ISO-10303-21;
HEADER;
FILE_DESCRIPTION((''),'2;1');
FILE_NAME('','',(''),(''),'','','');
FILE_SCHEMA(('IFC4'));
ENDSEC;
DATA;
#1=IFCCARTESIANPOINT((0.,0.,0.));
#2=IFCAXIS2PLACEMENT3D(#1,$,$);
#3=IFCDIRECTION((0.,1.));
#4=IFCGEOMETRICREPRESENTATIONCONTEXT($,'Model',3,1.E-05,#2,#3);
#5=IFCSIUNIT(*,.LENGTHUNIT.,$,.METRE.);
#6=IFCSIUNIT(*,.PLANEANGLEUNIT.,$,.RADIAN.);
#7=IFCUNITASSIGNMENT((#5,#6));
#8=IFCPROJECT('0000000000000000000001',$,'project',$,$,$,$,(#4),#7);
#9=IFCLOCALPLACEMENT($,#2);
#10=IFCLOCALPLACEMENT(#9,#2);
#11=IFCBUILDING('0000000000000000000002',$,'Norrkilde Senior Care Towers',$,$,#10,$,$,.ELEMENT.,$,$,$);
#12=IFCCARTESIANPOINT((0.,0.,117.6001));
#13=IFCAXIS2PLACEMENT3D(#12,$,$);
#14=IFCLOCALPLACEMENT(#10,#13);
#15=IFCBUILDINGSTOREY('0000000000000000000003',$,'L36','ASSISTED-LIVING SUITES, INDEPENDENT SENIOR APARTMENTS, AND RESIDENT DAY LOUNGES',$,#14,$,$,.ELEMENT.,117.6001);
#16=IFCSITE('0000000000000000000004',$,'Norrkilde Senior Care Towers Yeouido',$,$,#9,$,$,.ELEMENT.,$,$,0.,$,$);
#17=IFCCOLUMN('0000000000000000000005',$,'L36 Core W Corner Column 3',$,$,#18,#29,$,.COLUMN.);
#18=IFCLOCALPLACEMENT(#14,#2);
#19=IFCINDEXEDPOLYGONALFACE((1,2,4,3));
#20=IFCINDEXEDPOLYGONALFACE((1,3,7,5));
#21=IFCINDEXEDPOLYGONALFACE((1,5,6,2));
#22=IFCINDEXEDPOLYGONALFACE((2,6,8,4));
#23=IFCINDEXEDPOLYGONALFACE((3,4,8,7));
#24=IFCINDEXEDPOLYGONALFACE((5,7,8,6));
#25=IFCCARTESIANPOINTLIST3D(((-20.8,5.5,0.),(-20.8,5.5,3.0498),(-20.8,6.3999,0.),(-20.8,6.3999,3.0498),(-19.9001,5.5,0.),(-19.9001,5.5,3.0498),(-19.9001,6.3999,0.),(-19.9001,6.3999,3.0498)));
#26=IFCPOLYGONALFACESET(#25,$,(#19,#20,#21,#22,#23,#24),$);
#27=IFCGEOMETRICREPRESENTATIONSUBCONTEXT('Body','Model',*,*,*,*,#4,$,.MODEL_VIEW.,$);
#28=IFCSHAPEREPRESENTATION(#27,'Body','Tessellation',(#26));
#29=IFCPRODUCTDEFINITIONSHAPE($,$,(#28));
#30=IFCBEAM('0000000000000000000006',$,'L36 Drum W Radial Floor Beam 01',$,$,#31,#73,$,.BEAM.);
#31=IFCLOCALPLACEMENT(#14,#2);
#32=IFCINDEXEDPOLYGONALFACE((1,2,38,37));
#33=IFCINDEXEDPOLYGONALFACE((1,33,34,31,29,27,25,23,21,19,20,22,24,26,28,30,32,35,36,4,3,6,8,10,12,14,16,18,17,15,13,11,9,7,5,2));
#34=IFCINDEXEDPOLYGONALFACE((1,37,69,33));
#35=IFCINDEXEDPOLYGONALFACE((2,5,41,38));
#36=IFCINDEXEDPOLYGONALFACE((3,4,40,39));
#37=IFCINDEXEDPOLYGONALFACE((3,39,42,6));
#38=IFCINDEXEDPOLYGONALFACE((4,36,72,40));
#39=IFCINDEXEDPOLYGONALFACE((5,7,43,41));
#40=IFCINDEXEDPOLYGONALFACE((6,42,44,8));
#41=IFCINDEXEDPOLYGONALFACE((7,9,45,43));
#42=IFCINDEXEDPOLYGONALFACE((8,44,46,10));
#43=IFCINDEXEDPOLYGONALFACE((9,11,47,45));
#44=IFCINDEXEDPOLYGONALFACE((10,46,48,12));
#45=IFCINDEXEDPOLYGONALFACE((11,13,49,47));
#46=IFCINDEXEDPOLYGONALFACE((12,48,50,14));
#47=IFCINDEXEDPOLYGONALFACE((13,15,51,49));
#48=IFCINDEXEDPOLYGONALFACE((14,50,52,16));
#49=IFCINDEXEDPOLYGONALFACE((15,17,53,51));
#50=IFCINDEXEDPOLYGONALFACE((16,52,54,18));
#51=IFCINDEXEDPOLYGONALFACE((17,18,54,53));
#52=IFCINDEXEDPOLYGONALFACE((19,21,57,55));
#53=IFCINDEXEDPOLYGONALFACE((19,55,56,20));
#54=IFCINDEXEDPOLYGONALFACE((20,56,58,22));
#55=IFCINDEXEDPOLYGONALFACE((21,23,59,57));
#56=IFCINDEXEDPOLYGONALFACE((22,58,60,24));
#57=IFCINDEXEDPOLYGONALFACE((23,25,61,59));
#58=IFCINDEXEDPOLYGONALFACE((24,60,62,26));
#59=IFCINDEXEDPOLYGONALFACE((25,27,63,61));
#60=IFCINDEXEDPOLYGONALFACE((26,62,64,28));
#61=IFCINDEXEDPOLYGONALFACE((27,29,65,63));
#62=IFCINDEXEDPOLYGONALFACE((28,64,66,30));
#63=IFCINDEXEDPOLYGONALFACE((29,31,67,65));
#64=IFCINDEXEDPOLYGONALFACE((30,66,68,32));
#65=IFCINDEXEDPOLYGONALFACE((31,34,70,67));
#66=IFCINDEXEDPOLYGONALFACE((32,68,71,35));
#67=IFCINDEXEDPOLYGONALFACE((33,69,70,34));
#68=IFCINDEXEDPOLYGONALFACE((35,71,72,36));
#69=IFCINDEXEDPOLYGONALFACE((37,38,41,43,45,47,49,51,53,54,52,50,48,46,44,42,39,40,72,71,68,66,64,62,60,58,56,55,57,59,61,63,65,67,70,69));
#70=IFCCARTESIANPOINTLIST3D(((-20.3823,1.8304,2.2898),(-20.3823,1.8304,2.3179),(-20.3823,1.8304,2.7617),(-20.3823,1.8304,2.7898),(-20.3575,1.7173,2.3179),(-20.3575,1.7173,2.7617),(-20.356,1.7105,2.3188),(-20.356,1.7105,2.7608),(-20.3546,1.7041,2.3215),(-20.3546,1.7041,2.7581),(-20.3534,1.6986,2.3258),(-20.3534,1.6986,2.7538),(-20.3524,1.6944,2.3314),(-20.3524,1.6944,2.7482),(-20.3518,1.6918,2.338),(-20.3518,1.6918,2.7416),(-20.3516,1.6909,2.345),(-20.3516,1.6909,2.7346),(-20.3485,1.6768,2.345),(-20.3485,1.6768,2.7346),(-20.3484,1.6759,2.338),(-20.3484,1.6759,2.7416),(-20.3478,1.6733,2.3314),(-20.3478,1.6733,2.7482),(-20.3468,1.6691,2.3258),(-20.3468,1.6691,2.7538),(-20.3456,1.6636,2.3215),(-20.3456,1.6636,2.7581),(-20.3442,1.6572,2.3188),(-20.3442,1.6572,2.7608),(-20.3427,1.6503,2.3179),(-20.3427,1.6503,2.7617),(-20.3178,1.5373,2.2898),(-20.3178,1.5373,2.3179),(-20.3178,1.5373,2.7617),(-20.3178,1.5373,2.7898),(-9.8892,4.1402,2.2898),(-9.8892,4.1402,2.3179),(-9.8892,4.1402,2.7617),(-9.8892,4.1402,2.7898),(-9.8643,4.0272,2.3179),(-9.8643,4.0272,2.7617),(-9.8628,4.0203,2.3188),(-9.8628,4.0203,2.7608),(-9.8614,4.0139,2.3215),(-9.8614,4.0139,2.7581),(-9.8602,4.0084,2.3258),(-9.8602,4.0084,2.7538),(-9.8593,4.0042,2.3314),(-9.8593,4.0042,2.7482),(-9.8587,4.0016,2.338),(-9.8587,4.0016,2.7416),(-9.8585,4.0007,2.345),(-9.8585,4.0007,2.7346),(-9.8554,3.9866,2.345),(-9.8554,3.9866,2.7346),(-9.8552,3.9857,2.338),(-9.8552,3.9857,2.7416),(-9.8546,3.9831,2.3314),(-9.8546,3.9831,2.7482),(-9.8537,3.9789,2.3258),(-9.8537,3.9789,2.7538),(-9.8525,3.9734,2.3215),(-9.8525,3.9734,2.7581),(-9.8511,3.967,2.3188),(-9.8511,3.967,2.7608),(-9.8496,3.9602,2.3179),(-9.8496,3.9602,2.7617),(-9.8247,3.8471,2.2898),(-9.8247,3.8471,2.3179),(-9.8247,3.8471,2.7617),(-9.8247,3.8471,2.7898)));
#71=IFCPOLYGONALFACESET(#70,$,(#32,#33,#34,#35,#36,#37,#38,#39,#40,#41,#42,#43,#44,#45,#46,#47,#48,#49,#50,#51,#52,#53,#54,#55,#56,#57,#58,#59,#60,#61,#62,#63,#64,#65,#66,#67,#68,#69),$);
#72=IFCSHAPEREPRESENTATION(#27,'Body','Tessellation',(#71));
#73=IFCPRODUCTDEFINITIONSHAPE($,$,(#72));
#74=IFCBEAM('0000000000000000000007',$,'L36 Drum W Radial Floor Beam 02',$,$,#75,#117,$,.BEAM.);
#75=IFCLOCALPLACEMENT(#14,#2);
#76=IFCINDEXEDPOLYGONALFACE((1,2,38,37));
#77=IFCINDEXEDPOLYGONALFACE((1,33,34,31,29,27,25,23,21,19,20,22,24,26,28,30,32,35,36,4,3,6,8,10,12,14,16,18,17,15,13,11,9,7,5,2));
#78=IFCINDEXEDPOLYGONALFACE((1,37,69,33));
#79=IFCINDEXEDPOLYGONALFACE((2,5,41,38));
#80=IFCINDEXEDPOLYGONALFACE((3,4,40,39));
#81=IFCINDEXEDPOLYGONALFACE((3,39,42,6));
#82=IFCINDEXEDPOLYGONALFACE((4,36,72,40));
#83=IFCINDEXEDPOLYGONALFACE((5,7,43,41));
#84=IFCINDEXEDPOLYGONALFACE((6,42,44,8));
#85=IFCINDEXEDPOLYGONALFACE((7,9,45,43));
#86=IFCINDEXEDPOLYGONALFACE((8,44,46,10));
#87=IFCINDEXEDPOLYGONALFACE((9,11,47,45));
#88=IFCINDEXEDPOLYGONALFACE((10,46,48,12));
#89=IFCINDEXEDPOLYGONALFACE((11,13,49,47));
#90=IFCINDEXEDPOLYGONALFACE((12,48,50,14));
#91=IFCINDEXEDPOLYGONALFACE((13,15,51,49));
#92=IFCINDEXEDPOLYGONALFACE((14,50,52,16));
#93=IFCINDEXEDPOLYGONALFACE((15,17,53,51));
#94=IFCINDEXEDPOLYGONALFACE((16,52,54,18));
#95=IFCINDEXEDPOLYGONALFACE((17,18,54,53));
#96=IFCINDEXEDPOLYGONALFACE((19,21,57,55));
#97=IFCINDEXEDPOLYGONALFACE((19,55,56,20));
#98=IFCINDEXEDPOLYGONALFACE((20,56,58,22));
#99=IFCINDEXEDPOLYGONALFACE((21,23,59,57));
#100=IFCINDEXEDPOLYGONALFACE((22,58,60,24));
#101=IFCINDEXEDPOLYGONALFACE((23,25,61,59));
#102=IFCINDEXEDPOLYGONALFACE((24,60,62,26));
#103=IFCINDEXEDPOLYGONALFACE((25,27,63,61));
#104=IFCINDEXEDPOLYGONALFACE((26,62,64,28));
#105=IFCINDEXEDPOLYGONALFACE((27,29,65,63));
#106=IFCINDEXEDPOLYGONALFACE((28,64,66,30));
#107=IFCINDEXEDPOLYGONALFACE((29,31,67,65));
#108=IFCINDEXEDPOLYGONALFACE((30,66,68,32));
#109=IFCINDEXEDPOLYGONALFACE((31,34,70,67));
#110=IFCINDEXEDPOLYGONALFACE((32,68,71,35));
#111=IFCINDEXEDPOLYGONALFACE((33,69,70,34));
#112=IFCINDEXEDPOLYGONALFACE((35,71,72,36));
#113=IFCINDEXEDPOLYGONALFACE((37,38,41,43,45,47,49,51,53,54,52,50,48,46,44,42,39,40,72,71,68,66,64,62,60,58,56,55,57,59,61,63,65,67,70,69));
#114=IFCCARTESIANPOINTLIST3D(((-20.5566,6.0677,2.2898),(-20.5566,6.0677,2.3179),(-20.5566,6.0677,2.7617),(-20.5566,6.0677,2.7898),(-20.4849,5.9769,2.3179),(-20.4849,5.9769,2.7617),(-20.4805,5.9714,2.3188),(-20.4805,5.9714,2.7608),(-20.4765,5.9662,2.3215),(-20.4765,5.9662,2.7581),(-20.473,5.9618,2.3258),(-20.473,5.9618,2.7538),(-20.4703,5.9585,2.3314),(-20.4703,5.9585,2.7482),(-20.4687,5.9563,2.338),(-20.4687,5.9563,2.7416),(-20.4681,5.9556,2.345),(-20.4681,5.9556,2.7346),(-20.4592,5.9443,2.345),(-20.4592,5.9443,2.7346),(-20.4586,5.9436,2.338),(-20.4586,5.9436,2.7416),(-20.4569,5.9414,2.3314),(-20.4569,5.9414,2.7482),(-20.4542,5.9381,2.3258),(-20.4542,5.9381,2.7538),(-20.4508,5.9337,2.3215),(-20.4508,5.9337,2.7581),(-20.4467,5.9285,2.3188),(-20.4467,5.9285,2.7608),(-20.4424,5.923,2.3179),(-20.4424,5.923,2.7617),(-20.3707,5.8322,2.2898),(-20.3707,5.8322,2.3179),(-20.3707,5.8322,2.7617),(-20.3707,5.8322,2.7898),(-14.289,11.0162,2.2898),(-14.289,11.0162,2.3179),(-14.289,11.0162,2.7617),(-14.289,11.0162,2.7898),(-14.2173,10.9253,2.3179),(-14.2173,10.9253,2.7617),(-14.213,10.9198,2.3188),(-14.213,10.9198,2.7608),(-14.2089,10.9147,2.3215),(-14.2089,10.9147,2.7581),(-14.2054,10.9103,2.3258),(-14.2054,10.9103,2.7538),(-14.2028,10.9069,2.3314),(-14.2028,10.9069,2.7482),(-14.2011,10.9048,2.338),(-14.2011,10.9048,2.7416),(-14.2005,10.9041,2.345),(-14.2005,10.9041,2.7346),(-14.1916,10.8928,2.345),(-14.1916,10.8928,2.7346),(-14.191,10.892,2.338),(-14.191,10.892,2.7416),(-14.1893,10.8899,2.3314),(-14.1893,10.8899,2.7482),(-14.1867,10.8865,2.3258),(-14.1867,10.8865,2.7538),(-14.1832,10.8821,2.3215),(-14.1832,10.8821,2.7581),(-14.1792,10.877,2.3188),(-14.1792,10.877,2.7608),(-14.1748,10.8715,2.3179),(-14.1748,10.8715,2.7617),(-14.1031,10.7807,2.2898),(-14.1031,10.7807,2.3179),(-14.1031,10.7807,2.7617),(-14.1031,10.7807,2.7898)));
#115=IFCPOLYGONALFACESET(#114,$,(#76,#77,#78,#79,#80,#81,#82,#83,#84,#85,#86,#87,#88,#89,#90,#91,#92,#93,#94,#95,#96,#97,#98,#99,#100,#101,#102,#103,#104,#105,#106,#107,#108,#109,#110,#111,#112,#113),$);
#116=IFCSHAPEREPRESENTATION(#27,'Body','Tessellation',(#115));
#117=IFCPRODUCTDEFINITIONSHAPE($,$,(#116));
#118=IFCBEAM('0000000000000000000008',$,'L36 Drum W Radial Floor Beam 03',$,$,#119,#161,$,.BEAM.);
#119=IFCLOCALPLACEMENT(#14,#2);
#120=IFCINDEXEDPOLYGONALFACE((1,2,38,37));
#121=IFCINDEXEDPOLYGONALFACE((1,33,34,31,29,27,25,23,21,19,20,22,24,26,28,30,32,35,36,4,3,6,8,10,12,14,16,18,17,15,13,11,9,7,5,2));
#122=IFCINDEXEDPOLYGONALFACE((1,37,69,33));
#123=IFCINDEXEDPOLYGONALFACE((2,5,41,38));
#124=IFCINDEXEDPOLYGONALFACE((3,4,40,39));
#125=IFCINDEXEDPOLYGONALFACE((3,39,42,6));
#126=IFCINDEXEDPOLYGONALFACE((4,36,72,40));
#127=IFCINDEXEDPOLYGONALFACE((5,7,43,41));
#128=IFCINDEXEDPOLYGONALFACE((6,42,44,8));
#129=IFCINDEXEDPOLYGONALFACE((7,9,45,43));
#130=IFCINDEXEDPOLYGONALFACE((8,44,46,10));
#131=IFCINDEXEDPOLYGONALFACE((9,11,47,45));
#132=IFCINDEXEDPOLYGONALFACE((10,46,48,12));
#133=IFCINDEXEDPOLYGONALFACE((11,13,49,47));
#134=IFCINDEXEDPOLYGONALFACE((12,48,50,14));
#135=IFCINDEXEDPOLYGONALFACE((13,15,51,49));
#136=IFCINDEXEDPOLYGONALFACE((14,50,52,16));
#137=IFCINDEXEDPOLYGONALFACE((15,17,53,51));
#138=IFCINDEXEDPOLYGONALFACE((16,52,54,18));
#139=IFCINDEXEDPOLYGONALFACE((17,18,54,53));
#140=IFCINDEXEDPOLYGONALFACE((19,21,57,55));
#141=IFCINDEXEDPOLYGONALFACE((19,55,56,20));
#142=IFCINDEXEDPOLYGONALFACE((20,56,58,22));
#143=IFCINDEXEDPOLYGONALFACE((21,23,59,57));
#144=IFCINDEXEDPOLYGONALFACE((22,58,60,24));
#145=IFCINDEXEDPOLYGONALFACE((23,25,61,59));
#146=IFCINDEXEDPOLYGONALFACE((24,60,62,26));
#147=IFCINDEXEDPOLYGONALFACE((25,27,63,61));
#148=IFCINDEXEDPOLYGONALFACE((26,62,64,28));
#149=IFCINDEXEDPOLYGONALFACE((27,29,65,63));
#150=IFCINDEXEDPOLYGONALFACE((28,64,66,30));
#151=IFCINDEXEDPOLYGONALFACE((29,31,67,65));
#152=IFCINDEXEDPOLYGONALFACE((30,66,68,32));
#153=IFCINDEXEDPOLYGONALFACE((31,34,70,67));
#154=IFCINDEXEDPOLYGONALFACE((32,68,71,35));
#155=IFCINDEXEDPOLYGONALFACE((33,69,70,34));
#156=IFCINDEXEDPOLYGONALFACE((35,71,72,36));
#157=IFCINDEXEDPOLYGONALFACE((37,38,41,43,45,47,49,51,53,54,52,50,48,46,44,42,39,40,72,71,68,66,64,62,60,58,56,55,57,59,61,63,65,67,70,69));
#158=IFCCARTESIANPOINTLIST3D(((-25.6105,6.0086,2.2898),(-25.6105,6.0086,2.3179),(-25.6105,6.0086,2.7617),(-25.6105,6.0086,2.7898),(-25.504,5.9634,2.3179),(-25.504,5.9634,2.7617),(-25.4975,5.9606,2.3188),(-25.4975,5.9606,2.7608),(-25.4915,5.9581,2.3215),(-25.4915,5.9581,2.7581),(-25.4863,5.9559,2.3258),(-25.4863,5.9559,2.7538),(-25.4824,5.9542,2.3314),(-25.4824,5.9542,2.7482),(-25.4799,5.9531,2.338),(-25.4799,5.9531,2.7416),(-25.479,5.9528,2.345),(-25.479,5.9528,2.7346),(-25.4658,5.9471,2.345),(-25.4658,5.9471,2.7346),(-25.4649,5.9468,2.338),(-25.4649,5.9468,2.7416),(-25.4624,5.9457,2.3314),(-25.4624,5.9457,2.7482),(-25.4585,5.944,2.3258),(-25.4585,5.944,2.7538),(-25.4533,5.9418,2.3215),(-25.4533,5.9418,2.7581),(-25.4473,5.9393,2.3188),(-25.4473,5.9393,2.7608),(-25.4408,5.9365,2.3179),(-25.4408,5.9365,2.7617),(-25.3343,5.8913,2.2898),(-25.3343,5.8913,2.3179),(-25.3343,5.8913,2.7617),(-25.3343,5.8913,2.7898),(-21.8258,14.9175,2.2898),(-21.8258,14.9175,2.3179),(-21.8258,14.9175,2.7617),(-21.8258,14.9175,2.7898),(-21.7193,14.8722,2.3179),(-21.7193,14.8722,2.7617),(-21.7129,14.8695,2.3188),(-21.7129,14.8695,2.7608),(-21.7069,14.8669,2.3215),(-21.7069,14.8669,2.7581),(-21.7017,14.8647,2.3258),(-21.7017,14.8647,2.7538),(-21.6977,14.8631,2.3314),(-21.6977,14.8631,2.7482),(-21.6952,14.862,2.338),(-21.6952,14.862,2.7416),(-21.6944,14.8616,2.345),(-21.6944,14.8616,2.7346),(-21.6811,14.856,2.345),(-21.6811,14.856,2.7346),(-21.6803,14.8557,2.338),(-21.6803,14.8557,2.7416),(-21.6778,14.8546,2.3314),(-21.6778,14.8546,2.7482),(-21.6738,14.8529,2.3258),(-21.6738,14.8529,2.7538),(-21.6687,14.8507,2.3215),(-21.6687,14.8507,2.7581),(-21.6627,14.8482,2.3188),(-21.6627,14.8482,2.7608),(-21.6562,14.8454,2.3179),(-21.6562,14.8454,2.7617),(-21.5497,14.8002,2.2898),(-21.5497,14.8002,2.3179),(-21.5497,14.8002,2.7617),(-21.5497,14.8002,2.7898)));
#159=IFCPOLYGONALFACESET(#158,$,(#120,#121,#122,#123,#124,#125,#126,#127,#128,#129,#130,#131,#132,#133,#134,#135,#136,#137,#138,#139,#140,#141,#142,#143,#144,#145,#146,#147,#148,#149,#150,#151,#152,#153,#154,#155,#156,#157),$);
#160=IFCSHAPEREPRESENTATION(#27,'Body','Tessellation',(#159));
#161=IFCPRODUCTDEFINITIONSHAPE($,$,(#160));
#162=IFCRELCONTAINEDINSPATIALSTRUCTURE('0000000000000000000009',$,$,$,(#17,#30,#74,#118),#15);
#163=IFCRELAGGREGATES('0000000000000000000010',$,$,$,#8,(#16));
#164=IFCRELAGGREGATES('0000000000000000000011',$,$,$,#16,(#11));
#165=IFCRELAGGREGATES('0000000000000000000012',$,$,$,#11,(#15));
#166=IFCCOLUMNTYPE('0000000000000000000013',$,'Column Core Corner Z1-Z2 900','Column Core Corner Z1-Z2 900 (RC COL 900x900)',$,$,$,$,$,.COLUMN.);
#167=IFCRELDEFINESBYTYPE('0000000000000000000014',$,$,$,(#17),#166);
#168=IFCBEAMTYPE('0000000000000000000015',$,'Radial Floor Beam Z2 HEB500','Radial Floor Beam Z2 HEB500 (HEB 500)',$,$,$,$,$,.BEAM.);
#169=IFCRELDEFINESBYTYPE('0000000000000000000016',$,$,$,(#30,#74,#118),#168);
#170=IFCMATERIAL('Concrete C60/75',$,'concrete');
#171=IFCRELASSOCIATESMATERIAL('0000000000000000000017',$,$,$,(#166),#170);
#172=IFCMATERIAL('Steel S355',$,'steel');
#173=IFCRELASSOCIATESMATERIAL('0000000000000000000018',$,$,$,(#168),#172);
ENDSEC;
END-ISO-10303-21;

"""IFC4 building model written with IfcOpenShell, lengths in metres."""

from ifc_helpers import new_model, si_unit, direction, frame, origin, origin_2d, place, context, subcontext, project, spatial, rectangle, i_section, extrude, source, transform, mapped, material, material_profile, profile_set, type_object, type_shapes, element, save


model = new_model("IFC4")

# Units and contexts
model_context = context("Model", 3, precision=1e-05, world=origin(), true_north=direction((0.0, 1.0)))
body_context = subcontext(model_context, "Body", "Model", "MODEL_VIEW")
ifc_project = project(units=[si_unit("LENGTHUNIT", "METRE"), si_unit("PLANEANGLEUNIT", "RADIAN")], contexts=[model_context])

# Site, building, storey
site_placement = place(None, origin())
site = spatial("IfcSite", under=ifc_project, at=site_placement, Name="Norrkilde Senior Care Towers Yeouido", CompositionType="ELEMENT", RefElevation=0.0)
building_placement = place(site_placement, origin())
building = spatial("IfcBuilding", under=site, at=building_placement, Name="Norrkilde Senior Care Towers", CompositionType="ELEMENT")
storey_placement = place(building_placement, frame((0.0, 0.0, 117.6001)))
storey = spatial("IfcBuildingStorey", under=building, at=storey_placement, Name="L36", Description="ASSISTED-LIVING SUITES, INDEPENDENT SENIOR APARTMENTS, AND RESIDENT DAY LOUNGES", CompositionType="ELEMENT", Elevation=117.6001)

# Column
ifc_material_1 = material(Name="Concrete C60/75", Category="concrete")
ifc_material_profile_1 = material_profile(ifc_material_1, rectangle(XDim=0.8999, YDim=0.8999, at=origin_2d()), Name="RC COL 900x900")
ifc_profile_set_1 = profile_set([ifc_material_profile_1], Name="Concrete C60/75")
column_type = type_object("IfcColumnType", Name="Column Core Corner Z1-Z2 900", Description="Column Core Corner Z1-Z2 900 (RC COL 900x900)", PredefinedType="COLUMN", material=ifc_profile_set_1)
shared_shape_1 = source(origin(), body_context, "Body", "SweptSolid", [
    extrude(rectangle(XDim=0.8999, YDim=0.8999, at=origin_2d()), origin(), (0.0, 0.0, 1.0), 3.0498),
])
type_shapes(column_type, [shared_shape_1])
column_placement = place(storey_placement, frame((-20.3501, 5.95, 0.0), z_axis=(0.0, 0.0, 1.0), x_axis=(1.0, 0.0, 0.0)))
element("IfcColumn", 1, at=column_placement, inside=storey, type_object=column_type, Name="L36 Core W Corner Column 3", PredefinedType="COLUMN", context=body_context, shape_type="MappedRepresentation", body=[
    mapped(shared_shape_1, transform((0.0, 0.0, 0.0), x_axis=(1.0, 0.0, 0.0), y_axis=(0.0, 1.0, 0.0), z_axis=(0.0, 0.0, 1.0), scale=1.0)),
])

# Beams
ifc_material_2 = material(Name="Steel S355", Category="steel")
ifc_material_profile_2 = material_profile(ifc_material_2, i_section(OverallWidth=0.3, OverallDepth=0.5, WebThickness=0.0144, FlangeThickness=0.0281, FilletRadius=0.0271, at=origin_2d()), Name="HEB 500")
ifc_profile_set_2 = profile_set([ifc_material_profile_2], Name="Steel S355")
beam_type = type_object("IfcBeamType", Name="Radial Floor Beam Z2 HEB500", Description="Radial Floor Beam Z2 HEB500 (HEB 500)", PredefinedType="BEAM", material=ifc_profile_set_2)
shared_shape_2 = source(origin(), body_context, "Body", "SweptSolid", [
    extrude(i_section(OverallWidth=0.3, OverallDepth=0.5, WebThickness=0.0144, FlangeThickness=0.0281, FilletRadius=0.0271, at=origin_2d()), origin(), (0.0, 0.0, 1.0), 10.7444),
])
beam_1_placement = place(storey_placement, frame((-20.3501, 1.6838, 2.5398), z_axis=(0.976619, 0.214979, 0.0), x_axis=(-0.214979, 0.976619, 0.0)))
element("IfcBeam", 2, at=beam_1_placement, inside=storey, type_object=beam_type, Name="L36 Drum W Radial Floor Beam 01", PredefinedType="BEAM", context=body_context, shape_type="MappedRepresentation", body=[
    mapped(shared_shape_2, transform((0.0, 0.0, 0.0), x_axis=(1.0, 0.0, 0.0), y_axis=(0.0, 1.0, 0.0), z_axis=(0.0, 0.0, 1.0), scale=1.0)),
])
shared_shape_3 = source(origin(), body_context, "Body", "SweptSolid", [
    extrude(i_section(OverallWidth=0.3, OverallDepth=0.5, WebThickness=0.0144, FlangeThickness=0.0281, FilletRadius=0.0271, at=origin_2d()), origin(), (0.0, 0.0, 1.0), 7.9856),
])
beam_2_placement = place(storey_placement, frame((-20.4636, 5.95, 2.5398), z_axis=(0.784859, 0.619675, 0.0), x_axis=(-0.619675, 0.784859, 0.0)))
element("IfcBeam", 3, at=beam_2_placement, inside=storey, type_object=beam_type, Name="L36 Drum W Radial Floor Beam 02", PredefinedType="BEAM", context=body_context, shape_type="MappedRepresentation", body=[
    mapped(shared_shape_3, transform((0.0, 0.0, 0.0), x_axis=(1.0, 0.0, 0.0), y_axis=(0.0, 1.0, 0.0), z_axis=(0.0, 0.0, 1.0), scale=1.0)),
])
shared_shape_4 = source(origin(), body_context, "Body", "SweptSolid", [
    extrude(i_section(OverallWidth=0.3, OverallDepth=0.5, WebThickness=0.0144, FlangeThickness=0.0281, FilletRadius=0.0271, at=origin_2d()), origin(), (0.0, 0.0, 1.0), 9.6794),
])
type_shapes(beam_type, [shared_shape_2, shared_shape_3, shared_shape_4])
beam_3_placement = place(storey_placement, frame((-25.4724, 5.95, 2.5398), z_axis=(0.390998, 0.920392, 0.0), x_axis=(-0.920392, 0.390998, 0.0)))
element("IfcBeam", 4, at=beam_3_placement, inside=storey, type_object=beam_type, Name="L36 Drum W Radial Floor Beam 03", PredefinedType="BEAM", context=body_context, shape_type="MappedRepresentation", body=[
    mapped(shared_shape_4, transform((0.0, 0.0, 0.0), x_axis=(1.0, 0.0, 0.0), y_axis=(0.0, 1.0, 0.0), z_axis=(0.0, 0.0, 1.0), scale=1.0)),
])

save(model, "model.ifc")
